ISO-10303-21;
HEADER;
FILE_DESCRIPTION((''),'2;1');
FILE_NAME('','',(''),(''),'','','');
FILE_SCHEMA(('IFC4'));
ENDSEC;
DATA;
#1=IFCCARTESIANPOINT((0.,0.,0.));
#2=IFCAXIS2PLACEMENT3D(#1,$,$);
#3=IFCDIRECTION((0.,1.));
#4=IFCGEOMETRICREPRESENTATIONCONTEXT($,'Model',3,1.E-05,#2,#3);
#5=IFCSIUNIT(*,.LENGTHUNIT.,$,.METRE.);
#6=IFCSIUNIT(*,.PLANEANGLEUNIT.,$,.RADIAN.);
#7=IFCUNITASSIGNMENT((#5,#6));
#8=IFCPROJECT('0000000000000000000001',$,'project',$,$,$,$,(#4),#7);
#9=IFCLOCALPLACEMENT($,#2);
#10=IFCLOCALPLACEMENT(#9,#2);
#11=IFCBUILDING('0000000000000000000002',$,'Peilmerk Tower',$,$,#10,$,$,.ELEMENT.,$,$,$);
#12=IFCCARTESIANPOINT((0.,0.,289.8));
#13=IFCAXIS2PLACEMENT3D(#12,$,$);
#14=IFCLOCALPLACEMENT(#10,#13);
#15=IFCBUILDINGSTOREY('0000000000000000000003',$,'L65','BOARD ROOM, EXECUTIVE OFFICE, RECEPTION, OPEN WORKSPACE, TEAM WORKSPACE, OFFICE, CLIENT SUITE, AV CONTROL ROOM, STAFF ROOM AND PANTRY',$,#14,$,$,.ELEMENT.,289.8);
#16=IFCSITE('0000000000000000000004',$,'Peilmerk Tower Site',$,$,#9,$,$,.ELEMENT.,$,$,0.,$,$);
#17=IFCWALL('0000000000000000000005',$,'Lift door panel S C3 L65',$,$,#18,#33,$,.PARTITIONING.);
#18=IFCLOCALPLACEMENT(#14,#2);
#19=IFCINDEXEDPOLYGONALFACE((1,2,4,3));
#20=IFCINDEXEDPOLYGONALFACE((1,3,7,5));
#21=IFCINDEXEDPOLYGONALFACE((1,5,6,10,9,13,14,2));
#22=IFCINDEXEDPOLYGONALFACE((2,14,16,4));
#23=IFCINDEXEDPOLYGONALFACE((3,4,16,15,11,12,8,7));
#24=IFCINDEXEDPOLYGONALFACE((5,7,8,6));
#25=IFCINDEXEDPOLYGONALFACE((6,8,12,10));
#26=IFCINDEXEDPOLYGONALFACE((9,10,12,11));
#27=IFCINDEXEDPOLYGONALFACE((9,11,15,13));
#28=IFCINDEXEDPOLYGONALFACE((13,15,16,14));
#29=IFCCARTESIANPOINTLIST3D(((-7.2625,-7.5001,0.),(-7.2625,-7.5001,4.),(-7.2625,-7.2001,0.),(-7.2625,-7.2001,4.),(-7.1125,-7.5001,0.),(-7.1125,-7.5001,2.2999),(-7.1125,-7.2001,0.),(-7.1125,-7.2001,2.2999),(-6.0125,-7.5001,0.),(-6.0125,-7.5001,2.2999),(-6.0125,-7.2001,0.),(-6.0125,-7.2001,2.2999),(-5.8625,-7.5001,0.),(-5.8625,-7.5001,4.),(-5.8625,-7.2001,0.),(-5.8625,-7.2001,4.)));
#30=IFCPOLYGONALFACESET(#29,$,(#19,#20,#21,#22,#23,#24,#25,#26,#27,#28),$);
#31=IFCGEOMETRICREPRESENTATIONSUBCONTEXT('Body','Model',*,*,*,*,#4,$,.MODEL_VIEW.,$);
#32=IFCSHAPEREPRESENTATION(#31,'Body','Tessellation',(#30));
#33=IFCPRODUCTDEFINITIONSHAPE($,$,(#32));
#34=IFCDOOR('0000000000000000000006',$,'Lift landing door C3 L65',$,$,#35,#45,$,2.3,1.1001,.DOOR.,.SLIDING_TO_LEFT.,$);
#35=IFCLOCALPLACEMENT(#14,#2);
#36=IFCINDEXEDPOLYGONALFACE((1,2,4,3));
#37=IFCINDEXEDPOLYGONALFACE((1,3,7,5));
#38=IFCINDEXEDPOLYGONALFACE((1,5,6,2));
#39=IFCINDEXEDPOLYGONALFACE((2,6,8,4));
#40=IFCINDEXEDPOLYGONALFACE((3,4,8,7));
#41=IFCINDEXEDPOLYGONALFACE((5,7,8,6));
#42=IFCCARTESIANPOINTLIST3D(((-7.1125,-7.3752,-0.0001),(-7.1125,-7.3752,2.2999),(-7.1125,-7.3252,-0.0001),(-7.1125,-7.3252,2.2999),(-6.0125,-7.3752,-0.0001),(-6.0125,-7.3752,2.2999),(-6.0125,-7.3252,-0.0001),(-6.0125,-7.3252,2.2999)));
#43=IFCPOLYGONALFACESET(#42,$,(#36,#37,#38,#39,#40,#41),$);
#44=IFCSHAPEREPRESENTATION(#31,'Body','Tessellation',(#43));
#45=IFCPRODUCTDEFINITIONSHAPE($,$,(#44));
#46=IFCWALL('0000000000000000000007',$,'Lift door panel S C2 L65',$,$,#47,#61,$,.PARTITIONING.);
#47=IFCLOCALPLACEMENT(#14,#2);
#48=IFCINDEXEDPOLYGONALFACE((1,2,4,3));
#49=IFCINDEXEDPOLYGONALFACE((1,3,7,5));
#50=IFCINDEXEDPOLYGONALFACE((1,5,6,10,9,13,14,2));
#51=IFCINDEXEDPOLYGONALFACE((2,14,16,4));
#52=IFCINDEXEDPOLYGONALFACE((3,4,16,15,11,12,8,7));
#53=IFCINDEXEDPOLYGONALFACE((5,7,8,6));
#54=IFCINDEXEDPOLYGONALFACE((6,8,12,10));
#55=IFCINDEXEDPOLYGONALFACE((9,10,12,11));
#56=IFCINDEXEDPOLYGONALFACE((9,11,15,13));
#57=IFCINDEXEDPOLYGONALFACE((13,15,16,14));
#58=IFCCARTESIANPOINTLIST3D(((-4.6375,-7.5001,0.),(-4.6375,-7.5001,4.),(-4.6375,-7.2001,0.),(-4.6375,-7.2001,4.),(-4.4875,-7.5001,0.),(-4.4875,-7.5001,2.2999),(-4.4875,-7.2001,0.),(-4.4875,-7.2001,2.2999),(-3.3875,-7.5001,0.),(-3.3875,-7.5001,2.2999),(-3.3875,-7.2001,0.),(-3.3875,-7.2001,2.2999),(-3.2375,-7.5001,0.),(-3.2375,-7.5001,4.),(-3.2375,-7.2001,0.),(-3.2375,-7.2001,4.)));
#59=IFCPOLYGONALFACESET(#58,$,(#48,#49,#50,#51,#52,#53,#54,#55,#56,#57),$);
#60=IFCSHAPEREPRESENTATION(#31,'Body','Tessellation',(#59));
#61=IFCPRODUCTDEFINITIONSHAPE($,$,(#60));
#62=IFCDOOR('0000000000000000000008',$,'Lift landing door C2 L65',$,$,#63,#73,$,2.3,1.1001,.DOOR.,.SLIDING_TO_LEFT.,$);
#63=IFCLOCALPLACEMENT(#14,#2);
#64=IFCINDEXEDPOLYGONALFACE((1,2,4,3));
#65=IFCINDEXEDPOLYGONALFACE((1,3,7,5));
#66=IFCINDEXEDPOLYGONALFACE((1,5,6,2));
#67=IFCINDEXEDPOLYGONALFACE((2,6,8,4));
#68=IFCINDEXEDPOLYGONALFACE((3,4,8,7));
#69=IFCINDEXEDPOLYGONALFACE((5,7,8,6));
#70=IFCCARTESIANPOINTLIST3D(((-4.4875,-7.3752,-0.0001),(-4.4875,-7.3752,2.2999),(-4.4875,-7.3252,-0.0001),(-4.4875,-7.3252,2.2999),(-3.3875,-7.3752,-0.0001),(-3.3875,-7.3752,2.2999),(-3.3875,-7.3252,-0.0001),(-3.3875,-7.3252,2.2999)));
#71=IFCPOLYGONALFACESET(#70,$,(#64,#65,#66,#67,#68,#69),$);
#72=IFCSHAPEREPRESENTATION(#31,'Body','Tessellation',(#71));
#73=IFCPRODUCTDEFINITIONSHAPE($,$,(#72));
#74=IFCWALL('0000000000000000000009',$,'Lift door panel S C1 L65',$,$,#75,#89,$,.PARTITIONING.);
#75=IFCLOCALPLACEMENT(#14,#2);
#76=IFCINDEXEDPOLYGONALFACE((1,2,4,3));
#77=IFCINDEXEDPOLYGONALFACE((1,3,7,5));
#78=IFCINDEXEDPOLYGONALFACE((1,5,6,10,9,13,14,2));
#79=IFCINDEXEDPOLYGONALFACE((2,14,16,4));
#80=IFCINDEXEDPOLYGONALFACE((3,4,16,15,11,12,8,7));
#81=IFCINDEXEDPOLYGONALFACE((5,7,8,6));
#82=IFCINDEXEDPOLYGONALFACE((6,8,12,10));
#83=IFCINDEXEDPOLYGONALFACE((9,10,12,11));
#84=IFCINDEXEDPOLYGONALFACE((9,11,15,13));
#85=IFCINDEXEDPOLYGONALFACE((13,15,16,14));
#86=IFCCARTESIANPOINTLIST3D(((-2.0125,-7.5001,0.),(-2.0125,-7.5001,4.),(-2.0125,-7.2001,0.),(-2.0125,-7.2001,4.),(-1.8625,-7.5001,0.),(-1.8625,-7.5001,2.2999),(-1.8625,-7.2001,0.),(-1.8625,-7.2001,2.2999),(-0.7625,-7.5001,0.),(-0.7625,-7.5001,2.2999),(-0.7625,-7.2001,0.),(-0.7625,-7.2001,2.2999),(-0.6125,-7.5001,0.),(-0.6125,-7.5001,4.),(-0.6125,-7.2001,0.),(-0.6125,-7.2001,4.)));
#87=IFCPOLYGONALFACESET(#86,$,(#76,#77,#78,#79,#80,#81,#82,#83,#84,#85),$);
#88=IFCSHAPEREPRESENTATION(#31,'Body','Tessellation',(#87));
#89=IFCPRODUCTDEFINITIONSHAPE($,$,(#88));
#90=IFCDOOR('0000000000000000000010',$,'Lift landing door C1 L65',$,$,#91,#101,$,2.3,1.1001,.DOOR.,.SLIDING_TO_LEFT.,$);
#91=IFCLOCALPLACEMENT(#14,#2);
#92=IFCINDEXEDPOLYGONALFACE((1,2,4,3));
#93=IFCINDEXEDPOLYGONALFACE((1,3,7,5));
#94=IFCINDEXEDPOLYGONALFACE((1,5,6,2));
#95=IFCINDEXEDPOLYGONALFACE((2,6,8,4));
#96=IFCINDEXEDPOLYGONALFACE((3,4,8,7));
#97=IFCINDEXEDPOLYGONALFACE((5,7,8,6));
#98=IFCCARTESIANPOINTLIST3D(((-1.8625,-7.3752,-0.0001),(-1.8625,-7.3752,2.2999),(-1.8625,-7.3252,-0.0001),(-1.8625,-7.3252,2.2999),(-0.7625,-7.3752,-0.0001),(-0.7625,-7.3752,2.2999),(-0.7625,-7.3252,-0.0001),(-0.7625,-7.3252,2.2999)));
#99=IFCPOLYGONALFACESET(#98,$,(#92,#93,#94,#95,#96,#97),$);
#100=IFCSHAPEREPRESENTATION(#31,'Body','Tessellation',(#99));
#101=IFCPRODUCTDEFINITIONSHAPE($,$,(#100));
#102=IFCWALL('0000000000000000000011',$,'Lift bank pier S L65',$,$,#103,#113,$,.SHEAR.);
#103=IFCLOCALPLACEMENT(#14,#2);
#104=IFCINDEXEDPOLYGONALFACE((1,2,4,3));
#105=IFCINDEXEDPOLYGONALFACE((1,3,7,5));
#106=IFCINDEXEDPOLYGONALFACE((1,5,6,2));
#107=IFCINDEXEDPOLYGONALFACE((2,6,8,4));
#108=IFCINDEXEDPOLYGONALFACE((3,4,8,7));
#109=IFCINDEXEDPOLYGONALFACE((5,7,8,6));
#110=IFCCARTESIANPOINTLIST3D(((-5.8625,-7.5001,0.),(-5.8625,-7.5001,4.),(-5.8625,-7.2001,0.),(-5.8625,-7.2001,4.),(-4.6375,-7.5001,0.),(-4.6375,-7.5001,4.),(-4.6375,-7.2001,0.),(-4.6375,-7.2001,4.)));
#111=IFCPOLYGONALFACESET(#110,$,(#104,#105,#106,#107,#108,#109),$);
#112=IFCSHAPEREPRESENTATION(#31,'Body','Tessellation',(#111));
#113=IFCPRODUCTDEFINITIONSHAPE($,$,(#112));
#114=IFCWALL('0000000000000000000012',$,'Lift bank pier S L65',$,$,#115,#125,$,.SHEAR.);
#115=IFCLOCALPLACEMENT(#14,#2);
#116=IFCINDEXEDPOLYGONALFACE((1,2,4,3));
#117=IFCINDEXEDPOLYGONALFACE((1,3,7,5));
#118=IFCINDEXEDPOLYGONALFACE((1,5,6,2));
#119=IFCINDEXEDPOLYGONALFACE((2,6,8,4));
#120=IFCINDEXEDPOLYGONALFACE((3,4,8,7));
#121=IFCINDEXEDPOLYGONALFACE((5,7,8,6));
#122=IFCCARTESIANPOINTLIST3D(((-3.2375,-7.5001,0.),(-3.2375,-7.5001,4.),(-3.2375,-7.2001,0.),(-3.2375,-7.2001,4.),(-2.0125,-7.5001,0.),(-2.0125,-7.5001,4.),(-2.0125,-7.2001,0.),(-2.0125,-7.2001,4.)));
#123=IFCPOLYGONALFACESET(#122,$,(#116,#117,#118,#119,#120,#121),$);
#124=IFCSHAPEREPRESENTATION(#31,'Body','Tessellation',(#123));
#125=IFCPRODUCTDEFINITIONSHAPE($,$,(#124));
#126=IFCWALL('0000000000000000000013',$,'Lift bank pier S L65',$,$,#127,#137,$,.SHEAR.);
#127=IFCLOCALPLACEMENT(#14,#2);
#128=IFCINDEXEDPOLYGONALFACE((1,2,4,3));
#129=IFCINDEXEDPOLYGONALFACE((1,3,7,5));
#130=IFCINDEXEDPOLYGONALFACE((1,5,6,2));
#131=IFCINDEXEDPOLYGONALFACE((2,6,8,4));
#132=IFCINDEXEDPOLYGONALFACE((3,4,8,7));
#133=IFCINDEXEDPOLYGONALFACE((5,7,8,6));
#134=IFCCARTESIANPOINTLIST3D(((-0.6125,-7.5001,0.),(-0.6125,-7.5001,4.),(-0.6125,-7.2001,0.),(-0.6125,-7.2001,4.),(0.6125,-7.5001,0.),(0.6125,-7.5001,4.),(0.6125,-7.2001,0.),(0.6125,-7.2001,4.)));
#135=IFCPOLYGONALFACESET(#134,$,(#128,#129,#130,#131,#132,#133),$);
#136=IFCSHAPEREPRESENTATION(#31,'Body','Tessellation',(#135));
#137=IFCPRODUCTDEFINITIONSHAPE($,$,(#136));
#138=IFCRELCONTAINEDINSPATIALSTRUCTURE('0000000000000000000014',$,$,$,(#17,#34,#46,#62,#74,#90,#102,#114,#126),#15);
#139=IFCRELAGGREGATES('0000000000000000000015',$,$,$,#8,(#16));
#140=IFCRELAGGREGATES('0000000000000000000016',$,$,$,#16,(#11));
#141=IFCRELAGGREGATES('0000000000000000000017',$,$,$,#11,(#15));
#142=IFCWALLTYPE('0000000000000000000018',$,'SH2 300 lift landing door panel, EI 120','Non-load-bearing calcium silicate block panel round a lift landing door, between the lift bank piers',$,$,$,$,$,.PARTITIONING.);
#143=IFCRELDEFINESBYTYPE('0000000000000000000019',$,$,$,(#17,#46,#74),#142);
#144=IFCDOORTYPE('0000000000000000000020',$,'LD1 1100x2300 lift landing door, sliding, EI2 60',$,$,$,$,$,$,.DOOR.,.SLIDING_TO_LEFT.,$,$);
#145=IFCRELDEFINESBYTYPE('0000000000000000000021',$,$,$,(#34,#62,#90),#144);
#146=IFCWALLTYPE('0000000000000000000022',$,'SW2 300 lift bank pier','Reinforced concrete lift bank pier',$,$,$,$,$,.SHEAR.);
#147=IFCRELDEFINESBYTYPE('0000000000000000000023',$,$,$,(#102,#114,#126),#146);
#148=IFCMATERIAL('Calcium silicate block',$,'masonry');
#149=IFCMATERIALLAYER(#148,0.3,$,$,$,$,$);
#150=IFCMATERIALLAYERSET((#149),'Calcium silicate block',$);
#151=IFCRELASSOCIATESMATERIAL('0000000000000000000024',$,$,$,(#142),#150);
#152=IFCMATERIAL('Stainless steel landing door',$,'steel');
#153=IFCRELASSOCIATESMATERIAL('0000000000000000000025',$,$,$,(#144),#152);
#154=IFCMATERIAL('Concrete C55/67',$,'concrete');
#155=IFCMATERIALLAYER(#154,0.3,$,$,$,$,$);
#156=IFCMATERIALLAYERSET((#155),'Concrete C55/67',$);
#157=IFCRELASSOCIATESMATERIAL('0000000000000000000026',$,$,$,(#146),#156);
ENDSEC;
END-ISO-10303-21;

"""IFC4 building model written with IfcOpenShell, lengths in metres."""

from ifc_helpers import new_model, si_unit, direction, frame, frame_2d, origin, place, context, subcontext, project, spatial, rectangle, extrude, material, layer, layer_set, type_object, element, fill, save


model = new_model("IFC4")

# Units and contexts
model_context = context("Model", 3, precision=1e-05, world=origin(), true_north=direction((0.0, 1.0)))
body_context = subcontext(model_context, "Body", "Model", "MODEL_VIEW")
ifc_project = project(units=[si_unit("LENGTHUNIT", "METRE"), si_unit("PLANEANGLEUNIT", "RADIAN")], contexts=[model_context])

# Site, building, storey
site_placement = place(None, origin())
site = spatial("IfcSite", under=ifc_project, at=site_placement, Name="Peilmerk Tower Site", CompositionType="ELEMENT", RefElevation=0.0)
building_placement = place(site_placement, origin())
building = spatial("IfcBuilding", under=site, at=building_placement, Name="Peilmerk Tower", CompositionType="ELEMENT")
storey_placement = place(building_placement, frame((0.0, 0.0, 289.8)))
storey = spatial("IfcBuildingStorey", under=building, at=storey_placement, Name="L65", Description="BOARD ROOM, EXECUTIVE OFFICE, RECEPTION, OPEN WORKSPACE, TEAM WORKSPACE, OFFICE, CLIENT SUITE, AV CONTROL ROOM, STAFF ROOM AND PANTRY", CompositionType="ELEMENT", Elevation=289.8)

# Shared definitions
ifc_material_1 = material(Name="Calcium silicate block", Category="masonry")

# Walls, openings, doors
ifc_layer_1 = layer(ifc_material_1, 0.3)
ifc_layer_set_1 = layer_set([ifc_layer_1], Name="Calcium silicate block")
wall_type_1 = type_object("IfcWallType", Name="SH2 300 lift landing door panel, EI 120", Description="Non-load-bearing calcium silicate block panel round a lift landing door, between the lift bank piers", PredefinedType="PARTITIONING", material=ifc_layer_set_1)
wall_1_placement = place(storey_placement, frame((-7.2625, -7.3501, 0.0), z_axis=(0.0, 0.0, 1.0), x_axis=(1.0, 0.0, 0.0)))
wall_1 = element("IfcWall", 1, at=wall_1_placement, inside=storey, type_object=wall_type_1, Name="Lift door panel S C3 L65", PredefinedType="PARTITIONING", context=body_context, shape_type="SweptSolid", body=[
    extrude(rectangle(XDim=1.3999, YDim=0.3, at=frame_2d((0.7, 0.0))), origin(), (0.0, 0.0, 1.0), 4.0),
])
opening_1_placement = place(wall_1_placement, frame((0.1499, 0.0, 0.0)))
opening_1 = element("IfcOpeningElement", 2, at=opening_1_placement, cuts=wall_1, PredefinedType="OPENING", context=body_context, shape_type="SweptSolid", body=[
    extrude(rectangle(XDim=1.1001, YDim=2.3, at=frame_2d((0.55, 1.1499))), frame((0.0, 0.1599, 0.0), z_axis=(0.0, -1.0, 0.0), x_axis=(1.0, 0.0, 0.0)), (0.0, 0.0, 1.0), 0.3201),
])
ifc_material_2 = material(Name="Stainless steel landing door", Category="steel")
door_type = type_object("IfcDoorType", Name="LD1 1100x2300 lift landing door, sliding, EI2 60", OperationType="SLIDING_TO_LEFT", PredefinedType="DOOR", material=ifc_material_2)
door_1_placement = place(opening_1_placement, origin())
door_1 = element("IfcDoor", 3, at=door_1_placement, inside=storey, type_object=door_type, Name="Lift landing door C3 L65", OperationType="SLIDING_TO_LEFT", OverallHeight=2.3, OverallWidth=1.1001, PredefinedType="DOOR", context=body_context, shape_type="SweptSolid", body=[
    extrude(rectangle(XDim=1.1001, YDim=2.3, at=frame_2d((0.55, 1.1499))), frame((0.0, 0.0249, 0.0), z_axis=(0.0, -1.0, 0.0), x_axis=(1.0, 0.0, 0.0)), (0.0, 0.0, 1.0), 0.05),
])
fill(opening_1, door_1)
wall_2_placement = place(storey_placement, frame((-4.6375, -7.3501, 0.0), z_axis=(0.0, 0.0, 1.0), x_axis=(1.0, 0.0, 0.0)))
wall_2 = element("IfcWall", 4, at=wall_2_placement, inside=storey, type_object=wall_type_1, Name="Lift door panel S C2 L65", PredefinedType="PARTITIONING", context=body_context, shape_type="SweptSolid", body=[
    extrude(rectangle(XDim=1.3999, YDim=0.3, at=frame_2d((0.7, 0.0))), origin(), (0.0, 0.0, 1.0), 4.0),
])
opening_2_placement = place(wall_2_placement, frame((0.1499, 0.0, 0.0)))
opening_2 = element("IfcOpeningElement", 5, at=opening_2_placement, cuts=wall_2, PredefinedType="OPENING", context=body_context, shape_type="SweptSolid", body=[
    extrude(rectangle(XDim=1.1001, YDim=2.3, at=frame_2d((0.55, 1.1499))), frame((0.0, 0.1599, 0.0), z_axis=(0.0, -1.0, 0.0), x_axis=(1.0, 0.0, 0.0)), (0.0, 0.0, 1.0), 0.3201),
])
door_2_placement = place(opening_2_placement, origin())
door_2 = element("IfcDoor", 6, at=door_2_placement, inside=storey, type_object=door_type, Name="Lift landing door C2 L65", OperationType="SLIDING_TO_LEFT", OverallHeight=2.3, OverallWidth=1.1001, PredefinedType="DOOR", context=body_context, shape_type="SweptSolid", body=[
    extrude(rectangle(XDim=1.1001, YDim=2.3, at=frame_2d((0.55, 1.1499))), frame((0.0, 0.0249, 0.0), z_axis=(0.0, -1.0, 0.0), x_axis=(1.0, 0.0, 0.0)), (0.0, 0.0, 1.0), 0.05),
])
fill(opening_2, door_2)
wall_3_placement = place(storey_placement, frame((-2.0125, -7.3501, 0.0), z_axis=(0.0, 0.0, 1.0), x_axis=(1.0, 0.0, 0.0)))
wall_3 = element("IfcWall", 7, at=wall_3_placement, inside=storey, type_object=wall_type_1, Name="Lift door panel S C1 L65", PredefinedType="PARTITIONING", context=body_context, shape_type="SweptSolid", body=[
    extrude(rectangle(XDim=1.3999, YDim=0.3, at=frame_2d((0.7, 0.0))), origin(), (0.0, 0.0, 1.0), 4.0),
])
opening_3_placement = place(wall_3_placement, frame((0.1499, 0.0, 0.0)))
opening_3 = element("IfcOpeningElement", 8, at=opening_3_placement, cuts=wall_3, PredefinedType="OPENING", context=body_context, shape_type="SweptSolid", body=[
    extrude(rectangle(XDim=1.1001, YDim=2.3, at=frame_2d((0.55, 1.1499))), frame((0.0, 0.1599, 0.0), z_axis=(0.0, -1.0, 0.0), x_axis=(1.0, 0.0, 0.0)), (0.0, 0.0, 1.0), 0.3201),
])
door_3_placement = place(opening_3_placement, origin())
door_3 = element("IfcDoor", 9, at=door_3_placement, inside=storey, type_object=door_type, Name="Lift landing door C1 L65", OperationType="SLIDING_TO_LEFT", OverallHeight=2.3, OverallWidth=1.1001, PredefinedType="DOOR", context=body_context, shape_type="SweptSolid", body=[
    extrude(rectangle(XDim=1.1001, YDim=2.3, at=frame_2d((0.55, 1.1499))), frame((0.0, 0.0249, 0.0), z_axis=(0.0, -1.0, 0.0), x_axis=(1.0, 0.0, 0.0)), (0.0, 0.0, 1.0), 0.05),
])
fill(opening_3, door_3)

# Walls
ifc_material_3 = material(Name="Concrete C55/67", Category="concrete")
ifc_layer_2 = layer(ifc_material_3, 0.3)
ifc_layer_set_2 = layer_set([ifc_layer_2], Name="Concrete C55/67")
wall_type_2 = type_object("IfcWallType", Name="SW2 300 lift bank pier", Description="Reinforced concrete lift bank pier", PredefinedType="SHEAR", material=ifc_layer_set_2)
for number, where, z_axis, x_axis, name in (
    (10, (-5.8625, -7.3501, 0.0), (0.0, 0.0, 1.0), (1.0, 0.0, 0.0), "Lift bank pier S L65"),
    (11, (-3.2375, -7.3501, 0.0), (0.0, 0.0, 1.0), (1.0, 0.0, 0.0), "Lift bank pier S L65"),
    (12, (-0.6125, -7.3501, 0.0), (0.0, 0.0, 1.0), (1.0, 0.0, 0.0), "Lift bank pier S L65"),
):
    element("IfcWall", number, at=place(storey_placement, frame(where, z_axis=z_axis, x_axis=x_axis)), inside=storey, type_object=wall_type_2, Name=name, PredefinedType="SHEAR", context=body_context, shape_type="SweptSolid", body=[
        extrude(rectangle(XDim=1.2251, YDim=0.3, at=frame_2d((0.6125, 0.0))), origin(), (0.0, 0.0, 1.0), 4.0),
    ])

save(model, "model.ifc")
